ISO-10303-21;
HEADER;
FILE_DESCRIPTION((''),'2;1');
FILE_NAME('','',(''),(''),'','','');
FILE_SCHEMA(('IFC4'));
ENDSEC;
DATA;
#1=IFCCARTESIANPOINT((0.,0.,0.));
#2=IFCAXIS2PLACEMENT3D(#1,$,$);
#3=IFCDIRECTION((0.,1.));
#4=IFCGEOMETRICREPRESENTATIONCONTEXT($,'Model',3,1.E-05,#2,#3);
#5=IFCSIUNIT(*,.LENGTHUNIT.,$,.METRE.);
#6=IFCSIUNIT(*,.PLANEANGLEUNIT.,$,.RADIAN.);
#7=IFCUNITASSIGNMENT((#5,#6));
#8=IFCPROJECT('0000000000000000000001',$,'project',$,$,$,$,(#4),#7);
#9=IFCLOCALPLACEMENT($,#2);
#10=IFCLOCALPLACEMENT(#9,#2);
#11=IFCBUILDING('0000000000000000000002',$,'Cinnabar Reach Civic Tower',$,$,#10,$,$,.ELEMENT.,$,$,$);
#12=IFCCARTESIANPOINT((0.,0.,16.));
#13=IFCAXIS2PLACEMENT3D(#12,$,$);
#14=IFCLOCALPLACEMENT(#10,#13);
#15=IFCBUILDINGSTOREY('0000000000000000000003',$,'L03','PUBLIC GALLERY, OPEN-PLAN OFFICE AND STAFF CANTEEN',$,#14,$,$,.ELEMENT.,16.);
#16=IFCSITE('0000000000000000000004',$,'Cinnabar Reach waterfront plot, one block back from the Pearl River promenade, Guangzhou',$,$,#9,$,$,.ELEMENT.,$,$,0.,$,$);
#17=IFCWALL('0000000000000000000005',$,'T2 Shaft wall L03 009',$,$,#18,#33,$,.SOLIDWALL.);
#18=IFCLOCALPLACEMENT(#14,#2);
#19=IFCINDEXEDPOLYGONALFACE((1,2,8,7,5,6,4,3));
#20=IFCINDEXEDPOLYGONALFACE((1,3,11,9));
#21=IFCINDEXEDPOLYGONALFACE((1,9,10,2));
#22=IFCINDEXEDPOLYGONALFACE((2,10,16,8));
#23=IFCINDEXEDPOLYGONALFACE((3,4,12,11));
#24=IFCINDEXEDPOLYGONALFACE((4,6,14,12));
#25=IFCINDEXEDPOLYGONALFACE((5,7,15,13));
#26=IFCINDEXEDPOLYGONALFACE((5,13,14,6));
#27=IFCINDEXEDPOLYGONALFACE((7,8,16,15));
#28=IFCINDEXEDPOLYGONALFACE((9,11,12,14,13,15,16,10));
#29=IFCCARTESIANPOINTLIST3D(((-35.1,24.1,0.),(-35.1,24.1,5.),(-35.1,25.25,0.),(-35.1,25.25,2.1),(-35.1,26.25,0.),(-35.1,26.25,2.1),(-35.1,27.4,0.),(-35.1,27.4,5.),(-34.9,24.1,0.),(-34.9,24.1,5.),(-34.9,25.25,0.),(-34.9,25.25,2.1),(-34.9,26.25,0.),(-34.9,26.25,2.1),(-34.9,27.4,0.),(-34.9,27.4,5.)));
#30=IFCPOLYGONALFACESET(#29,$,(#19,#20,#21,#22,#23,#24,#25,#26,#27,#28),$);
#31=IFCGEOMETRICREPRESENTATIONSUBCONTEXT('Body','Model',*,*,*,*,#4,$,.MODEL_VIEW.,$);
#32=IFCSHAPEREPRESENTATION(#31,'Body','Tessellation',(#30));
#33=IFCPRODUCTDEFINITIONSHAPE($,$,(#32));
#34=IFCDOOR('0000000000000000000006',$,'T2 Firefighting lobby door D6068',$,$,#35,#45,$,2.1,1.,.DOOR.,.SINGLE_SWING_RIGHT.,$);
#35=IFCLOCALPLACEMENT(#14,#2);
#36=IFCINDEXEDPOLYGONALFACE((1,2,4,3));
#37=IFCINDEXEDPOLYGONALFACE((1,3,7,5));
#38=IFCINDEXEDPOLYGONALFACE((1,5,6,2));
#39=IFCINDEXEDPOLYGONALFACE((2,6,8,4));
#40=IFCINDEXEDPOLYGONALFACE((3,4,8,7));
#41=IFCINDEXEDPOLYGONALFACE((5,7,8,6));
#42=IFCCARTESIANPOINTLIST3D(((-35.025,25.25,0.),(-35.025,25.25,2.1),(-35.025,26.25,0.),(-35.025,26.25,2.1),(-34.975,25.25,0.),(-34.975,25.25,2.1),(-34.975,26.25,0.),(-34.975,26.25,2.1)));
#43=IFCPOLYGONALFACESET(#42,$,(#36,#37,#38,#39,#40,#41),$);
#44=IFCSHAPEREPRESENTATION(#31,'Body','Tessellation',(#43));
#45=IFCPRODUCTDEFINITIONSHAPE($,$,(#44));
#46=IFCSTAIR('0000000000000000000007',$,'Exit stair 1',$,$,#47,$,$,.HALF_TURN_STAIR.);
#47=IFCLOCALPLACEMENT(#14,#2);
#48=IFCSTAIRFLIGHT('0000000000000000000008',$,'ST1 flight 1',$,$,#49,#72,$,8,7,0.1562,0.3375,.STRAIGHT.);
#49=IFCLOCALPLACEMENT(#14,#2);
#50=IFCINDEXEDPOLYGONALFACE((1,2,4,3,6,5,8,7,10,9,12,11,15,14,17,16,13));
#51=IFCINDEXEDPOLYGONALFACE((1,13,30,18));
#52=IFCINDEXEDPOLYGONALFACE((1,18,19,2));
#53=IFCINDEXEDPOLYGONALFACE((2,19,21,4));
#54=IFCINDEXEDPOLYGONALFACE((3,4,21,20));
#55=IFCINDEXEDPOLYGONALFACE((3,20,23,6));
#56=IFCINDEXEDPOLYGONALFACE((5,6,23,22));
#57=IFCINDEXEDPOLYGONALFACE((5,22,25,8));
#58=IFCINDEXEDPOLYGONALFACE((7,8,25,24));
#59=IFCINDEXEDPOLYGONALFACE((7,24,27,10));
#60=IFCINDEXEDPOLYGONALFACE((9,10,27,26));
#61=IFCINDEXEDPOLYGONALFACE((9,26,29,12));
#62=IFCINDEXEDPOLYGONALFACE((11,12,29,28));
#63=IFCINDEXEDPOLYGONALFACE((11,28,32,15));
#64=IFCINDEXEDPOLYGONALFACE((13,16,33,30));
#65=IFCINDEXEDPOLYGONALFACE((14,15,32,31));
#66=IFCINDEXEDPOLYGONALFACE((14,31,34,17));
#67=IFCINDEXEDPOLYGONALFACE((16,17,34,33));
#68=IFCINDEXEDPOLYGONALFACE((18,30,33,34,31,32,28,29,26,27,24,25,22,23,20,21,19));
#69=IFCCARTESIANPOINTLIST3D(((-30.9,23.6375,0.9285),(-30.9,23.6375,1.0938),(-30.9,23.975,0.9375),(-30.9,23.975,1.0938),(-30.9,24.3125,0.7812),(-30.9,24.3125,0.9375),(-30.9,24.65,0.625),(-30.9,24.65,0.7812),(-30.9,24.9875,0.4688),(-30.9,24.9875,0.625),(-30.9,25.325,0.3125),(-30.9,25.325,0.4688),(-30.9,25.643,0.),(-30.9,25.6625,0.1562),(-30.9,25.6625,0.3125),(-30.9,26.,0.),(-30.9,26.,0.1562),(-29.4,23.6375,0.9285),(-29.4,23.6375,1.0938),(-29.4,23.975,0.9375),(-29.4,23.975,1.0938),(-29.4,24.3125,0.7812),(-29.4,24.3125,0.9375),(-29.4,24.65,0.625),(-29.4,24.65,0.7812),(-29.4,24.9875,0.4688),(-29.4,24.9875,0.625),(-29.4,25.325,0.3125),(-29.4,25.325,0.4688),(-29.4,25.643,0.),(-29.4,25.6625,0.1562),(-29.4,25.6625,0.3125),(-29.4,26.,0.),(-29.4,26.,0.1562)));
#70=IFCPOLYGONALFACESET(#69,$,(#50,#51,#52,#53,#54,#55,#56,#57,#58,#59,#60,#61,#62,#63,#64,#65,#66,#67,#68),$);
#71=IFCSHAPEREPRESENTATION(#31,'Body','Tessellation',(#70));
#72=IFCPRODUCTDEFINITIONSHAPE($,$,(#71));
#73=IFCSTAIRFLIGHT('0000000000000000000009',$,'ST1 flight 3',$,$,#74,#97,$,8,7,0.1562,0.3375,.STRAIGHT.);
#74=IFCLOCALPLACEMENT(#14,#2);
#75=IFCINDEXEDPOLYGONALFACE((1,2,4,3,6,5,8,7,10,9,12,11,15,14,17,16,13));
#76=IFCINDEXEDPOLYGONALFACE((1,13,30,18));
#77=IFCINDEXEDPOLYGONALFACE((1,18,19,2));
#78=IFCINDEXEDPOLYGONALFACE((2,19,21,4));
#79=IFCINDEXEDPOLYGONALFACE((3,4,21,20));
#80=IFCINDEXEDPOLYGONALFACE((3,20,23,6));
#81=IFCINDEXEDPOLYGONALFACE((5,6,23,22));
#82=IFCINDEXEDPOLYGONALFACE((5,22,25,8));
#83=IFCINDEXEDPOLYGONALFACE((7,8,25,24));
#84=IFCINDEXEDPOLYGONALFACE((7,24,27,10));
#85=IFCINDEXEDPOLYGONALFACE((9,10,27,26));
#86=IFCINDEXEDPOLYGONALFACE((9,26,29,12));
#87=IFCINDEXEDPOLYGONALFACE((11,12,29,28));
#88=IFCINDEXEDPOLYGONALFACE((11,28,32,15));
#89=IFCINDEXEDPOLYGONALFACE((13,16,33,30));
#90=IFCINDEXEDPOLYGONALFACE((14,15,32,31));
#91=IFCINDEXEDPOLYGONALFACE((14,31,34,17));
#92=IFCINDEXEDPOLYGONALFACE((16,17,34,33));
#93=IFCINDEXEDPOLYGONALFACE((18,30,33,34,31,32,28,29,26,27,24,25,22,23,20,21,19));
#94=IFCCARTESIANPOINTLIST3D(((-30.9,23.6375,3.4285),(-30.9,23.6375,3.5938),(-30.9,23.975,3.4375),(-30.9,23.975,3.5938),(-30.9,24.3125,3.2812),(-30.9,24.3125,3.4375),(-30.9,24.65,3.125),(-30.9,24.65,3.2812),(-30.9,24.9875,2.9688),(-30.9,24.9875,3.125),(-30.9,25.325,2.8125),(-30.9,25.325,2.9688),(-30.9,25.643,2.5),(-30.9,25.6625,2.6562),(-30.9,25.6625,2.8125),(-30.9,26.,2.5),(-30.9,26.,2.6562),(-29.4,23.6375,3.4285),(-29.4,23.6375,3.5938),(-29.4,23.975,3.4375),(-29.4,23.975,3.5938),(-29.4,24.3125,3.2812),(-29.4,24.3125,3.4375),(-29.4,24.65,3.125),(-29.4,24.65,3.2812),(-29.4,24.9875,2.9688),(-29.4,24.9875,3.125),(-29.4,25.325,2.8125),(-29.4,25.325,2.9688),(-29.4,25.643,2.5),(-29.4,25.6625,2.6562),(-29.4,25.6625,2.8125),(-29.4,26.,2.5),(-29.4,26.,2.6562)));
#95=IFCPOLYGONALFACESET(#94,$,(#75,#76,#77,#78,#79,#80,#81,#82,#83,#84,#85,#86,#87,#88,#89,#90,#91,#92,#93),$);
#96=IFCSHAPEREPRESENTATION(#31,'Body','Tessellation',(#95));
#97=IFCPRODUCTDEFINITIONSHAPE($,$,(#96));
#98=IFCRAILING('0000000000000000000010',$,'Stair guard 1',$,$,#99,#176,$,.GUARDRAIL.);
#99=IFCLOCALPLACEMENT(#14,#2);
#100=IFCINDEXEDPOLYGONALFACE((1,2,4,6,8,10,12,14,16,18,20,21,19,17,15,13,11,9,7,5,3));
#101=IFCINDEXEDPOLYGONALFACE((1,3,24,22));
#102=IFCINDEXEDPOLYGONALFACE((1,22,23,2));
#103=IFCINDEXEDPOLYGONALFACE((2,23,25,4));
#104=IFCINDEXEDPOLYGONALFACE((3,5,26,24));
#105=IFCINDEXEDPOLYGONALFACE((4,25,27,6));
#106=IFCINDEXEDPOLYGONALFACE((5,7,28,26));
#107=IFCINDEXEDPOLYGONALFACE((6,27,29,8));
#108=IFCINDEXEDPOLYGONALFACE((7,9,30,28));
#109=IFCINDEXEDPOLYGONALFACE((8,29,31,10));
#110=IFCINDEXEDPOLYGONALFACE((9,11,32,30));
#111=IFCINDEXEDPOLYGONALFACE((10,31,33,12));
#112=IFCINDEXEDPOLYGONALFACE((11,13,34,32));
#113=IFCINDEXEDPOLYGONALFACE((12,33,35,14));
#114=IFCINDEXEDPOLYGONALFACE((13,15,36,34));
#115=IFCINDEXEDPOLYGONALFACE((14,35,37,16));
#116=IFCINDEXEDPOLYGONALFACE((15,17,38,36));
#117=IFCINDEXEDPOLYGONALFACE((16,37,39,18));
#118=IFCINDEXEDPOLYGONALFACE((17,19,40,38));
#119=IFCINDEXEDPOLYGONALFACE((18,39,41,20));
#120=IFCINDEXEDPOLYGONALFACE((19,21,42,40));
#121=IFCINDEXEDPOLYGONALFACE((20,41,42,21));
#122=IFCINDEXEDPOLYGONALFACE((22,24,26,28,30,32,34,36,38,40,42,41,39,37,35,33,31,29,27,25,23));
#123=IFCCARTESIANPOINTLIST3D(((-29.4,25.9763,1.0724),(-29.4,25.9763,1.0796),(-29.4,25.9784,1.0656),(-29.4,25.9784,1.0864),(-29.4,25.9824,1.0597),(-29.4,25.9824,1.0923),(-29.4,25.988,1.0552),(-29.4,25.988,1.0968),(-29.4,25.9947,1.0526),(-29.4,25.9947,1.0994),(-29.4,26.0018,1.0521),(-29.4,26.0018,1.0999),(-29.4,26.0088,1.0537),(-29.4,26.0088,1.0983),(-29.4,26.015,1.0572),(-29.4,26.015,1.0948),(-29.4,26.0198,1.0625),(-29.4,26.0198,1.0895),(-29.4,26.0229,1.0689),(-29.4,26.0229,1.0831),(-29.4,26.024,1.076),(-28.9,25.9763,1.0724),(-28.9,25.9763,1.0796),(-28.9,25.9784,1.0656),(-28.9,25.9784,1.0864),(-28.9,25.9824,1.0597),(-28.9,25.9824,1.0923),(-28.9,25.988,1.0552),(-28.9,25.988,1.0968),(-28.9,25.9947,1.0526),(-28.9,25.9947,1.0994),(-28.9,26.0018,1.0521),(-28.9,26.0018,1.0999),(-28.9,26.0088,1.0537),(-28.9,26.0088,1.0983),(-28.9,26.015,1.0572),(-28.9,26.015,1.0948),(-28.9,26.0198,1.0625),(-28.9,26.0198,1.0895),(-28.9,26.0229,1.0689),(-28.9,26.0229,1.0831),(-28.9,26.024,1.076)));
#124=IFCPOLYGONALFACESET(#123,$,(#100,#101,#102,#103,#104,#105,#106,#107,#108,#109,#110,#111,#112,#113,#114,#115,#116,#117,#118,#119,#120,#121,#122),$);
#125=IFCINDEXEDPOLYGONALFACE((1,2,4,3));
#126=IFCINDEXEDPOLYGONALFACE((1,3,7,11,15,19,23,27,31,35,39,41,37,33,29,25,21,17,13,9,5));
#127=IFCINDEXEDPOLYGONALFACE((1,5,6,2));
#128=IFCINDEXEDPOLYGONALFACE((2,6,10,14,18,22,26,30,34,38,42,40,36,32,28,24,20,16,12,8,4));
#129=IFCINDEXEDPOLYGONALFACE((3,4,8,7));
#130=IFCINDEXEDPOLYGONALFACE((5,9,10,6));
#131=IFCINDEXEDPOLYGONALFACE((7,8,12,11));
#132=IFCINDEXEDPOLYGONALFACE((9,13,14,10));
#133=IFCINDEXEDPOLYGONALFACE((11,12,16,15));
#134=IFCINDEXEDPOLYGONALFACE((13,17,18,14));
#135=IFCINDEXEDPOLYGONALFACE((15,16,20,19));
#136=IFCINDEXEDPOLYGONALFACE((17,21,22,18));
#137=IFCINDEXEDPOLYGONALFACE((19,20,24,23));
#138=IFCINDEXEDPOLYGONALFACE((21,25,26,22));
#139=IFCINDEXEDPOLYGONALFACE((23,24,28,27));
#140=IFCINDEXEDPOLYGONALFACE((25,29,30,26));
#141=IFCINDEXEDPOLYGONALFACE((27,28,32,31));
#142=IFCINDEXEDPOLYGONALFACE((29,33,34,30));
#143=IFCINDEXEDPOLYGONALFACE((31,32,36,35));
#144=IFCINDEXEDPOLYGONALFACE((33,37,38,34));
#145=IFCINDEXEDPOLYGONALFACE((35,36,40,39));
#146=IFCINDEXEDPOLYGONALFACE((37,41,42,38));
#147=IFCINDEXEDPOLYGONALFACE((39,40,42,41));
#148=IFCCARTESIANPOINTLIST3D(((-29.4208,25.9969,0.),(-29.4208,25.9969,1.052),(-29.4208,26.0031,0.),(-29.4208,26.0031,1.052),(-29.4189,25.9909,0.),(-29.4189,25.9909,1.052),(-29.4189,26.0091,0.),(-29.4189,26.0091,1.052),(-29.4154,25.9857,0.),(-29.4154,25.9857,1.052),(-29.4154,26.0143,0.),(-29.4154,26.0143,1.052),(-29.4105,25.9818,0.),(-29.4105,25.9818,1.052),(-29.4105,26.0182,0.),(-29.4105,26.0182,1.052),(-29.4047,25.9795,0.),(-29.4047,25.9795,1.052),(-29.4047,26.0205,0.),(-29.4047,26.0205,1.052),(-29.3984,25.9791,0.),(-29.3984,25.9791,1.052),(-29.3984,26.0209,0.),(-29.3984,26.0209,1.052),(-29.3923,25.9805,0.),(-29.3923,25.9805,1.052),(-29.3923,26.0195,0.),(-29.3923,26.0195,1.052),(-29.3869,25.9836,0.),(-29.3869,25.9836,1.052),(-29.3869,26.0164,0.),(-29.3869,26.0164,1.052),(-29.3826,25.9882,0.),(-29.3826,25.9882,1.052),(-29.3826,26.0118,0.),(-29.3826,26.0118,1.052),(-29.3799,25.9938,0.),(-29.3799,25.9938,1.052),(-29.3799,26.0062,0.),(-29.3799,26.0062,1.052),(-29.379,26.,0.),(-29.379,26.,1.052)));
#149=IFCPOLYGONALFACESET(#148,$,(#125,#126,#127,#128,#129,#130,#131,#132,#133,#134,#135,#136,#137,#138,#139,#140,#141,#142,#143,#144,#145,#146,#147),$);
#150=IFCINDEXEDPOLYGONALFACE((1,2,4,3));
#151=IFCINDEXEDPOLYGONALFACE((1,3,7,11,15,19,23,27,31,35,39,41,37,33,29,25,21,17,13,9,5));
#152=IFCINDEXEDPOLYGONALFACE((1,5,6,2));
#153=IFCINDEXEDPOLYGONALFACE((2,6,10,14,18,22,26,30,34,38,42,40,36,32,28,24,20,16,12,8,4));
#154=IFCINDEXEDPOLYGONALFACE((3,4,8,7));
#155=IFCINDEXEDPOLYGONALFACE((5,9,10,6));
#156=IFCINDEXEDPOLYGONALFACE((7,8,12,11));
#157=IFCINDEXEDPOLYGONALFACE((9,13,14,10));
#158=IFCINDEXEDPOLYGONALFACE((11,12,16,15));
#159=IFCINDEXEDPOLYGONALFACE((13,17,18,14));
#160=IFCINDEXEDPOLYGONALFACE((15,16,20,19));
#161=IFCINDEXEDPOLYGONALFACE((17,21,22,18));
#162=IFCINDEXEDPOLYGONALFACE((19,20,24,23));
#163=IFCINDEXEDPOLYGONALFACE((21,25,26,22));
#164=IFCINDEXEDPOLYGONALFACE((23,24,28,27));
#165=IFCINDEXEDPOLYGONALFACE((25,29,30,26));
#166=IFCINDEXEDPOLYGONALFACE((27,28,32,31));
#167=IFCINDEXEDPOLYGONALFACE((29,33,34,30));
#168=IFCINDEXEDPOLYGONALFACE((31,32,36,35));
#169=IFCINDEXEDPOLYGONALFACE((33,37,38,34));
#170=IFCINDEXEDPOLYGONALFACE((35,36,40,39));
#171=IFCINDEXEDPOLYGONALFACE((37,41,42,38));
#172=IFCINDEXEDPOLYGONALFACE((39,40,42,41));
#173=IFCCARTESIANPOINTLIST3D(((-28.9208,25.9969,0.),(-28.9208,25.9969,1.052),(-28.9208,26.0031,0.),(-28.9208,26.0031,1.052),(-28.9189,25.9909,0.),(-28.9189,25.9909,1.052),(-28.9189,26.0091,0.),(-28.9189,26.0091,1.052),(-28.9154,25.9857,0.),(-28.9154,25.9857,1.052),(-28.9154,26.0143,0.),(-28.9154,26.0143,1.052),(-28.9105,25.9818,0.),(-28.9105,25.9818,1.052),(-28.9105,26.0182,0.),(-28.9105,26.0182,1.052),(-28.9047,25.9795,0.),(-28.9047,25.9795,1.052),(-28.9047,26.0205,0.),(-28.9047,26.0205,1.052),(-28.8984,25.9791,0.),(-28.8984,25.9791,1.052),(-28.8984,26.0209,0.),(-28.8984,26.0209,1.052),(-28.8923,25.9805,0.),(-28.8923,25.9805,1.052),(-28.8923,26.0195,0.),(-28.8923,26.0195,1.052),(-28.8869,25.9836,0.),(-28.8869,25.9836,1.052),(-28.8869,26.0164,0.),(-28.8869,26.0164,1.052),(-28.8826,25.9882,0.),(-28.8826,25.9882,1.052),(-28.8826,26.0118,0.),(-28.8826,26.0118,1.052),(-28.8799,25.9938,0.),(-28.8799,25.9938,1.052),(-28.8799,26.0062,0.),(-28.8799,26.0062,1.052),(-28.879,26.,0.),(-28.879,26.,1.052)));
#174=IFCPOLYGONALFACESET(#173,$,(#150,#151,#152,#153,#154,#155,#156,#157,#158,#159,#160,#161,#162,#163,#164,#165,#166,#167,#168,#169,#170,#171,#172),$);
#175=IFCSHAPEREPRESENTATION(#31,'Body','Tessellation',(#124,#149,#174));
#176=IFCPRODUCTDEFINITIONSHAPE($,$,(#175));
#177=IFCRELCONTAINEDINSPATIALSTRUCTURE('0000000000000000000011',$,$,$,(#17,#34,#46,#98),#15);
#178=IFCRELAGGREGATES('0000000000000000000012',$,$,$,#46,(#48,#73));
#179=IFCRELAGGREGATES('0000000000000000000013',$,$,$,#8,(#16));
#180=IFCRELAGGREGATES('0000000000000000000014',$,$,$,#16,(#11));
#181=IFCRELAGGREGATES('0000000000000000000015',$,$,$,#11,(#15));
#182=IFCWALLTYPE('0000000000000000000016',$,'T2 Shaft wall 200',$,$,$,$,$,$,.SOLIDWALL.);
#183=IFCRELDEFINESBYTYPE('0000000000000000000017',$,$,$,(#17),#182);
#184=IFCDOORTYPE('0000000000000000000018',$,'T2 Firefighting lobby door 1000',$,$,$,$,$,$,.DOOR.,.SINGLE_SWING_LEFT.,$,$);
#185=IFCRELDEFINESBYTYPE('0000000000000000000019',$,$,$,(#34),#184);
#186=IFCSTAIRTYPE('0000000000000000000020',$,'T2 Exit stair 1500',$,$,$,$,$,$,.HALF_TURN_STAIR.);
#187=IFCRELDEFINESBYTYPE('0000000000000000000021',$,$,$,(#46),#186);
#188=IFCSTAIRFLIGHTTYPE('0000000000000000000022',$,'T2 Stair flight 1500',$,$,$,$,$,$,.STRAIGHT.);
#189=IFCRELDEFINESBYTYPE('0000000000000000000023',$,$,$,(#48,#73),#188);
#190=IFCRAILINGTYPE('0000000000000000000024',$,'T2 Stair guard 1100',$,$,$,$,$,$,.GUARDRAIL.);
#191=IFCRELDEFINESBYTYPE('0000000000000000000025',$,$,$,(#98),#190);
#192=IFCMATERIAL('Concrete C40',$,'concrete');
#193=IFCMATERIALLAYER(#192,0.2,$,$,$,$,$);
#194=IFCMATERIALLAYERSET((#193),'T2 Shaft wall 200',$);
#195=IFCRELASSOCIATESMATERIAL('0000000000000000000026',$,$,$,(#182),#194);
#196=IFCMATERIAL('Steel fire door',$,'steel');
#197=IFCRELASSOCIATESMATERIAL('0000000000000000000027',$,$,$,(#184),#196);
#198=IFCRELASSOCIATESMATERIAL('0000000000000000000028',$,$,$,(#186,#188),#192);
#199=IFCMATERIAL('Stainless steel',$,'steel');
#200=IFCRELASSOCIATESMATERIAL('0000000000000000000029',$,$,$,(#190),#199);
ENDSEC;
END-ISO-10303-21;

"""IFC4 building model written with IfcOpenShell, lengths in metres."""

from ifc_helpers import new_model, si_unit, direction, frame, frame_2d, origin, origin_2d, place, context, subcontext, project, spatial, polyline, rectangle, circle, outline, extrude, material, layer, layer_set, type_object, element, fill, aggregate, save


model = new_model("IFC4")

# Units and contexts
model_context = context("Model", 3, precision=1e-05, world=origin(), true_north=direction((0.0, 1.0)))
body_context = subcontext(model_context, "Body", "Model", "MODEL_VIEW")
ifc_project = project(units=[si_unit("LENGTHUNIT", "METRE"), si_unit("PLANEANGLEUNIT", "RADIAN")], contexts=[model_context])

# Site, building, storey
site_placement = place(None, origin())
site = spatial("IfcSite", under=ifc_project, at=site_placement, Name="Cinnabar Reach waterfront plot, one block back from the Pearl River promenade, Guangzhou", CompositionType="ELEMENT", RefElevation=0.0)
building_placement = place(site_placement, origin())
building = spatial("IfcBuilding", under=site, at=building_placement, Name="Cinnabar Reach Civic Tower", CompositionType="ELEMENT")
storey_placement = place(building_placement, frame((0.0, 0.0, 16.0)))
storey = spatial("IfcBuildingStorey", under=building, at=storey_placement, Name="L03", Description="PUBLIC GALLERY, OPEN-PLAN OFFICE AND STAFF CANTEEN", CompositionType="ELEMENT", Elevation=16.0)

# Shared definitions
ifc_material_1 = material(Name="Steel fire door", Category="steel")

# Shared definitions
ifc_material_2 = material(Name="Concrete C40", Category="concrete")

# Shared definitions
ifc_layer_1 = layer(ifc_material_2, 0.2)
ifc_layer_set_1 = layer_set([ifc_layer_1], Name="T2 Shaft wall 200")
wall_type_1 = type_object("IfcWallType", Name="T2 Shaft wall 200", PredefinedType="SOLIDWALL", material=ifc_layer_set_1)

# Wall, opening, door
wall_1_placement = place(storey_placement, frame((-35.0, 24.1, 0.0), z_axis=(0.0, 0.0, 1.0), x_axis=(0.0, 1.0, 0.0)))
wall_1 = element("IfcWall", 1, at=wall_1_placement, inside=storey, type_object=wall_type_1, Name="T2 Shaft wall L03 009", PredefinedType="SOLIDWALL", context=body_context, shape_type="SweptSolid", body=[
    extrude(rectangle(XDim=3.3, YDim=0.2, at=frame_2d((1.65, 0.0))), origin(), (0.0, 0.0, 1.0), 5.0),
])
opening_1_placement = place(wall_1_placement, frame((1.15, 0.0, 0.0)))
opening_1 = element("IfcOpeningElement", 2, at=opening_1_placement, cuts=wall_1, PredefinedType="OPENING", context=body_context, shape_type="SweptSolid", body=[
    extrude(rectangle(XDim=1.0, YDim=2.1, at=frame_2d((0.5, 1.05))), frame((0.0, 0.11, 0.0), z_axis=(0.0, -1.0, 0.0), x_axis=(1.0, 0.0, 0.0)), (0.0, 0.0, 1.0), 0.22),
])
door_type_1 = type_object("IfcDoorType", Name="T2 Firefighting lobby door 1000", OperationType="SINGLE_SWING_LEFT", PredefinedType="DOOR", material=ifc_material_1)
door_1_placement = place(opening_1_placement, origin())
door_1 = element("IfcDoor", 3, at=door_1_placement, inside=storey, type_object=door_type_1, Name="T2 Firefighting lobby door D6068", OperationType="SINGLE_SWING_RIGHT", OverallHeight=2.1, OverallWidth=1.0, PredefinedType="DOOR", context=body_context, shape_type="SweptSolid", body=[
    extrude(rectangle(XDim=1.0, YDim=2.1, at=frame_2d((0.5, 1.05))), frame((0.0, 0.025, 0.0), z_axis=(0.0, -1.0, 0.0), x_axis=(1.0, 0.0, 0.0)), (0.0, 0.0, 1.0), 0.05),
])
fill(opening_1, door_1)

# Stair, stair flights
stair_type = type_object("IfcStairType", Name="T2 Exit stair 1500", PredefinedType="HALF_TURN_STAIR", material=ifc_material_2)
stair_placement = place(storey_placement, origin())
stair = element("IfcStair", 4, at=stair_placement, inside=storey, type_object=stair_type, Name="Exit stair 1", PredefinedType="HALF_TURN_STAIR")
stair_flight_type = type_object("IfcStairFlightType", Name="T2 Stair flight 1500", PredefinedType="STRAIGHT", material=ifc_material_2)
stair_flight_1_placement = place(storey_placement, frame((-30.15, 26.0, 0.0), z_axis=(0.0, 0.0, 1.0), x_axis=(0.0, -1.0, 0.0)))
stair_flight_1 = element("IfcStairFlight", 5, at=stair_flight_1_placement, type_object=stair_flight_type, Name="ST1 flight 1", NumberOfRisers=8, NumberOfTreads=7, PredefinedType="STRAIGHT", RiserHeight=0.1562, TreadLength=0.3375, context=body_context, shape_type="SweptSolid", body=[
    extrude(outline(polyline([(0.0, 0.0), (0.0, 0.1562), (0.3375, 0.1562), (0.3375, 0.3125), (0.675, 0.3125), (0.675, 0.4688), (1.0125, 0.4688), (1.0125, 0.625), (1.35, 0.625), (1.35, 0.7812), (1.6875, 0.7812), (1.6875, 0.9375), (2.025, 0.9375), (2.025, 1.0938), (2.3625, 1.0938), (2.3625, 1.25), (2.3625, 0.9285), (0.357, 0.0), (0.0, 0.0)])), frame((0.0, 0.75, 0.0), z_axis=(0.0, -1.0, 0.0), x_axis=(1.0, 0.0, 0.0)), (0.0, 0.0, 1.0), 1.5),
])
stair_flight_2_placement = place(storey_placement, frame((-30.15, 26.0, 2.5), z_axis=(0.0, 0.0, 1.0), x_axis=(0.0, -1.0, 0.0)))
stair_flight_2 = element("IfcStairFlight", 6, at=stair_flight_2_placement, type_object=stair_flight_type, Name="ST1 flight 3", NumberOfRisers=8, NumberOfTreads=7, PredefinedType="STRAIGHT", RiserHeight=0.1562, TreadLength=0.3375, context=body_context, shape_type="SweptSolid", body=[
    extrude(outline(polyline([(0.0, 0.0), (0.0, 0.1562), (0.3375, 0.1562), (0.3375, 0.3125), (0.675, 0.3125), (0.675, 0.4688), (1.0125, 0.4688), (1.0125, 0.625), (1.35, 0.625), (1.35, 0.7812), (1.6875, 0.7812), (1.6875, 0.9375), (2.025, 0.9375), (2.025, 1.0938), (2.3625, 1.0938), (2.3625, 1.25), (2.3625, 0.9285), (0.357, 0.0), (0.0, 0.0)])), frame((0.0, 0.75, 0.0), z_axis=(0.0, -1.0, 0.0), x_axis=(1.0, 0.0, 0.0)), (0.0, 0.0, 1.0), 1.5),
])
aggregate(stair, [stair_flight_1, stair_flight_2])

# Railing
ifc_material_3 = material(Name="Stainless steel", Category="steel")
railing_type = type_object("IfcRailingType", Name="T2 Stair guard 1100", PredefinedType="GUARDRAIL", material=ifc_material_3)
railing_1_placement = place(storey_placement, frame((-29.4, 26.0, 0.0)))
element("IfcRailing", 7, at=railing_1_placement, inside=storey, type_object=railing_type, Name="Stair guard 1", PredefinedType="GUARDRAIL", context=body_context, shape_type="SweptSolid", body=[
    extrude(circle(Radius=0.024, at=origin_2d()), frame((0.0, 0.0, 1.076), z_axis=(1.0, 0.0, 0.0), x_axis=(0.0, 1.0, 0.0)), (0.0, 0.0, 1.0), 0.5),
    extrude(circle(Radius=0.021, at=origin_2d()), origin(), (0.0, 0.0, 1.0), 1.052),
    extrude(circle(Radius=0.021, at=origin_2d()), frame((0.5, 0.0, 0.0)), (0.0, 0.0, 1.0), 1.052),
])

save(model, "model.ifc")
